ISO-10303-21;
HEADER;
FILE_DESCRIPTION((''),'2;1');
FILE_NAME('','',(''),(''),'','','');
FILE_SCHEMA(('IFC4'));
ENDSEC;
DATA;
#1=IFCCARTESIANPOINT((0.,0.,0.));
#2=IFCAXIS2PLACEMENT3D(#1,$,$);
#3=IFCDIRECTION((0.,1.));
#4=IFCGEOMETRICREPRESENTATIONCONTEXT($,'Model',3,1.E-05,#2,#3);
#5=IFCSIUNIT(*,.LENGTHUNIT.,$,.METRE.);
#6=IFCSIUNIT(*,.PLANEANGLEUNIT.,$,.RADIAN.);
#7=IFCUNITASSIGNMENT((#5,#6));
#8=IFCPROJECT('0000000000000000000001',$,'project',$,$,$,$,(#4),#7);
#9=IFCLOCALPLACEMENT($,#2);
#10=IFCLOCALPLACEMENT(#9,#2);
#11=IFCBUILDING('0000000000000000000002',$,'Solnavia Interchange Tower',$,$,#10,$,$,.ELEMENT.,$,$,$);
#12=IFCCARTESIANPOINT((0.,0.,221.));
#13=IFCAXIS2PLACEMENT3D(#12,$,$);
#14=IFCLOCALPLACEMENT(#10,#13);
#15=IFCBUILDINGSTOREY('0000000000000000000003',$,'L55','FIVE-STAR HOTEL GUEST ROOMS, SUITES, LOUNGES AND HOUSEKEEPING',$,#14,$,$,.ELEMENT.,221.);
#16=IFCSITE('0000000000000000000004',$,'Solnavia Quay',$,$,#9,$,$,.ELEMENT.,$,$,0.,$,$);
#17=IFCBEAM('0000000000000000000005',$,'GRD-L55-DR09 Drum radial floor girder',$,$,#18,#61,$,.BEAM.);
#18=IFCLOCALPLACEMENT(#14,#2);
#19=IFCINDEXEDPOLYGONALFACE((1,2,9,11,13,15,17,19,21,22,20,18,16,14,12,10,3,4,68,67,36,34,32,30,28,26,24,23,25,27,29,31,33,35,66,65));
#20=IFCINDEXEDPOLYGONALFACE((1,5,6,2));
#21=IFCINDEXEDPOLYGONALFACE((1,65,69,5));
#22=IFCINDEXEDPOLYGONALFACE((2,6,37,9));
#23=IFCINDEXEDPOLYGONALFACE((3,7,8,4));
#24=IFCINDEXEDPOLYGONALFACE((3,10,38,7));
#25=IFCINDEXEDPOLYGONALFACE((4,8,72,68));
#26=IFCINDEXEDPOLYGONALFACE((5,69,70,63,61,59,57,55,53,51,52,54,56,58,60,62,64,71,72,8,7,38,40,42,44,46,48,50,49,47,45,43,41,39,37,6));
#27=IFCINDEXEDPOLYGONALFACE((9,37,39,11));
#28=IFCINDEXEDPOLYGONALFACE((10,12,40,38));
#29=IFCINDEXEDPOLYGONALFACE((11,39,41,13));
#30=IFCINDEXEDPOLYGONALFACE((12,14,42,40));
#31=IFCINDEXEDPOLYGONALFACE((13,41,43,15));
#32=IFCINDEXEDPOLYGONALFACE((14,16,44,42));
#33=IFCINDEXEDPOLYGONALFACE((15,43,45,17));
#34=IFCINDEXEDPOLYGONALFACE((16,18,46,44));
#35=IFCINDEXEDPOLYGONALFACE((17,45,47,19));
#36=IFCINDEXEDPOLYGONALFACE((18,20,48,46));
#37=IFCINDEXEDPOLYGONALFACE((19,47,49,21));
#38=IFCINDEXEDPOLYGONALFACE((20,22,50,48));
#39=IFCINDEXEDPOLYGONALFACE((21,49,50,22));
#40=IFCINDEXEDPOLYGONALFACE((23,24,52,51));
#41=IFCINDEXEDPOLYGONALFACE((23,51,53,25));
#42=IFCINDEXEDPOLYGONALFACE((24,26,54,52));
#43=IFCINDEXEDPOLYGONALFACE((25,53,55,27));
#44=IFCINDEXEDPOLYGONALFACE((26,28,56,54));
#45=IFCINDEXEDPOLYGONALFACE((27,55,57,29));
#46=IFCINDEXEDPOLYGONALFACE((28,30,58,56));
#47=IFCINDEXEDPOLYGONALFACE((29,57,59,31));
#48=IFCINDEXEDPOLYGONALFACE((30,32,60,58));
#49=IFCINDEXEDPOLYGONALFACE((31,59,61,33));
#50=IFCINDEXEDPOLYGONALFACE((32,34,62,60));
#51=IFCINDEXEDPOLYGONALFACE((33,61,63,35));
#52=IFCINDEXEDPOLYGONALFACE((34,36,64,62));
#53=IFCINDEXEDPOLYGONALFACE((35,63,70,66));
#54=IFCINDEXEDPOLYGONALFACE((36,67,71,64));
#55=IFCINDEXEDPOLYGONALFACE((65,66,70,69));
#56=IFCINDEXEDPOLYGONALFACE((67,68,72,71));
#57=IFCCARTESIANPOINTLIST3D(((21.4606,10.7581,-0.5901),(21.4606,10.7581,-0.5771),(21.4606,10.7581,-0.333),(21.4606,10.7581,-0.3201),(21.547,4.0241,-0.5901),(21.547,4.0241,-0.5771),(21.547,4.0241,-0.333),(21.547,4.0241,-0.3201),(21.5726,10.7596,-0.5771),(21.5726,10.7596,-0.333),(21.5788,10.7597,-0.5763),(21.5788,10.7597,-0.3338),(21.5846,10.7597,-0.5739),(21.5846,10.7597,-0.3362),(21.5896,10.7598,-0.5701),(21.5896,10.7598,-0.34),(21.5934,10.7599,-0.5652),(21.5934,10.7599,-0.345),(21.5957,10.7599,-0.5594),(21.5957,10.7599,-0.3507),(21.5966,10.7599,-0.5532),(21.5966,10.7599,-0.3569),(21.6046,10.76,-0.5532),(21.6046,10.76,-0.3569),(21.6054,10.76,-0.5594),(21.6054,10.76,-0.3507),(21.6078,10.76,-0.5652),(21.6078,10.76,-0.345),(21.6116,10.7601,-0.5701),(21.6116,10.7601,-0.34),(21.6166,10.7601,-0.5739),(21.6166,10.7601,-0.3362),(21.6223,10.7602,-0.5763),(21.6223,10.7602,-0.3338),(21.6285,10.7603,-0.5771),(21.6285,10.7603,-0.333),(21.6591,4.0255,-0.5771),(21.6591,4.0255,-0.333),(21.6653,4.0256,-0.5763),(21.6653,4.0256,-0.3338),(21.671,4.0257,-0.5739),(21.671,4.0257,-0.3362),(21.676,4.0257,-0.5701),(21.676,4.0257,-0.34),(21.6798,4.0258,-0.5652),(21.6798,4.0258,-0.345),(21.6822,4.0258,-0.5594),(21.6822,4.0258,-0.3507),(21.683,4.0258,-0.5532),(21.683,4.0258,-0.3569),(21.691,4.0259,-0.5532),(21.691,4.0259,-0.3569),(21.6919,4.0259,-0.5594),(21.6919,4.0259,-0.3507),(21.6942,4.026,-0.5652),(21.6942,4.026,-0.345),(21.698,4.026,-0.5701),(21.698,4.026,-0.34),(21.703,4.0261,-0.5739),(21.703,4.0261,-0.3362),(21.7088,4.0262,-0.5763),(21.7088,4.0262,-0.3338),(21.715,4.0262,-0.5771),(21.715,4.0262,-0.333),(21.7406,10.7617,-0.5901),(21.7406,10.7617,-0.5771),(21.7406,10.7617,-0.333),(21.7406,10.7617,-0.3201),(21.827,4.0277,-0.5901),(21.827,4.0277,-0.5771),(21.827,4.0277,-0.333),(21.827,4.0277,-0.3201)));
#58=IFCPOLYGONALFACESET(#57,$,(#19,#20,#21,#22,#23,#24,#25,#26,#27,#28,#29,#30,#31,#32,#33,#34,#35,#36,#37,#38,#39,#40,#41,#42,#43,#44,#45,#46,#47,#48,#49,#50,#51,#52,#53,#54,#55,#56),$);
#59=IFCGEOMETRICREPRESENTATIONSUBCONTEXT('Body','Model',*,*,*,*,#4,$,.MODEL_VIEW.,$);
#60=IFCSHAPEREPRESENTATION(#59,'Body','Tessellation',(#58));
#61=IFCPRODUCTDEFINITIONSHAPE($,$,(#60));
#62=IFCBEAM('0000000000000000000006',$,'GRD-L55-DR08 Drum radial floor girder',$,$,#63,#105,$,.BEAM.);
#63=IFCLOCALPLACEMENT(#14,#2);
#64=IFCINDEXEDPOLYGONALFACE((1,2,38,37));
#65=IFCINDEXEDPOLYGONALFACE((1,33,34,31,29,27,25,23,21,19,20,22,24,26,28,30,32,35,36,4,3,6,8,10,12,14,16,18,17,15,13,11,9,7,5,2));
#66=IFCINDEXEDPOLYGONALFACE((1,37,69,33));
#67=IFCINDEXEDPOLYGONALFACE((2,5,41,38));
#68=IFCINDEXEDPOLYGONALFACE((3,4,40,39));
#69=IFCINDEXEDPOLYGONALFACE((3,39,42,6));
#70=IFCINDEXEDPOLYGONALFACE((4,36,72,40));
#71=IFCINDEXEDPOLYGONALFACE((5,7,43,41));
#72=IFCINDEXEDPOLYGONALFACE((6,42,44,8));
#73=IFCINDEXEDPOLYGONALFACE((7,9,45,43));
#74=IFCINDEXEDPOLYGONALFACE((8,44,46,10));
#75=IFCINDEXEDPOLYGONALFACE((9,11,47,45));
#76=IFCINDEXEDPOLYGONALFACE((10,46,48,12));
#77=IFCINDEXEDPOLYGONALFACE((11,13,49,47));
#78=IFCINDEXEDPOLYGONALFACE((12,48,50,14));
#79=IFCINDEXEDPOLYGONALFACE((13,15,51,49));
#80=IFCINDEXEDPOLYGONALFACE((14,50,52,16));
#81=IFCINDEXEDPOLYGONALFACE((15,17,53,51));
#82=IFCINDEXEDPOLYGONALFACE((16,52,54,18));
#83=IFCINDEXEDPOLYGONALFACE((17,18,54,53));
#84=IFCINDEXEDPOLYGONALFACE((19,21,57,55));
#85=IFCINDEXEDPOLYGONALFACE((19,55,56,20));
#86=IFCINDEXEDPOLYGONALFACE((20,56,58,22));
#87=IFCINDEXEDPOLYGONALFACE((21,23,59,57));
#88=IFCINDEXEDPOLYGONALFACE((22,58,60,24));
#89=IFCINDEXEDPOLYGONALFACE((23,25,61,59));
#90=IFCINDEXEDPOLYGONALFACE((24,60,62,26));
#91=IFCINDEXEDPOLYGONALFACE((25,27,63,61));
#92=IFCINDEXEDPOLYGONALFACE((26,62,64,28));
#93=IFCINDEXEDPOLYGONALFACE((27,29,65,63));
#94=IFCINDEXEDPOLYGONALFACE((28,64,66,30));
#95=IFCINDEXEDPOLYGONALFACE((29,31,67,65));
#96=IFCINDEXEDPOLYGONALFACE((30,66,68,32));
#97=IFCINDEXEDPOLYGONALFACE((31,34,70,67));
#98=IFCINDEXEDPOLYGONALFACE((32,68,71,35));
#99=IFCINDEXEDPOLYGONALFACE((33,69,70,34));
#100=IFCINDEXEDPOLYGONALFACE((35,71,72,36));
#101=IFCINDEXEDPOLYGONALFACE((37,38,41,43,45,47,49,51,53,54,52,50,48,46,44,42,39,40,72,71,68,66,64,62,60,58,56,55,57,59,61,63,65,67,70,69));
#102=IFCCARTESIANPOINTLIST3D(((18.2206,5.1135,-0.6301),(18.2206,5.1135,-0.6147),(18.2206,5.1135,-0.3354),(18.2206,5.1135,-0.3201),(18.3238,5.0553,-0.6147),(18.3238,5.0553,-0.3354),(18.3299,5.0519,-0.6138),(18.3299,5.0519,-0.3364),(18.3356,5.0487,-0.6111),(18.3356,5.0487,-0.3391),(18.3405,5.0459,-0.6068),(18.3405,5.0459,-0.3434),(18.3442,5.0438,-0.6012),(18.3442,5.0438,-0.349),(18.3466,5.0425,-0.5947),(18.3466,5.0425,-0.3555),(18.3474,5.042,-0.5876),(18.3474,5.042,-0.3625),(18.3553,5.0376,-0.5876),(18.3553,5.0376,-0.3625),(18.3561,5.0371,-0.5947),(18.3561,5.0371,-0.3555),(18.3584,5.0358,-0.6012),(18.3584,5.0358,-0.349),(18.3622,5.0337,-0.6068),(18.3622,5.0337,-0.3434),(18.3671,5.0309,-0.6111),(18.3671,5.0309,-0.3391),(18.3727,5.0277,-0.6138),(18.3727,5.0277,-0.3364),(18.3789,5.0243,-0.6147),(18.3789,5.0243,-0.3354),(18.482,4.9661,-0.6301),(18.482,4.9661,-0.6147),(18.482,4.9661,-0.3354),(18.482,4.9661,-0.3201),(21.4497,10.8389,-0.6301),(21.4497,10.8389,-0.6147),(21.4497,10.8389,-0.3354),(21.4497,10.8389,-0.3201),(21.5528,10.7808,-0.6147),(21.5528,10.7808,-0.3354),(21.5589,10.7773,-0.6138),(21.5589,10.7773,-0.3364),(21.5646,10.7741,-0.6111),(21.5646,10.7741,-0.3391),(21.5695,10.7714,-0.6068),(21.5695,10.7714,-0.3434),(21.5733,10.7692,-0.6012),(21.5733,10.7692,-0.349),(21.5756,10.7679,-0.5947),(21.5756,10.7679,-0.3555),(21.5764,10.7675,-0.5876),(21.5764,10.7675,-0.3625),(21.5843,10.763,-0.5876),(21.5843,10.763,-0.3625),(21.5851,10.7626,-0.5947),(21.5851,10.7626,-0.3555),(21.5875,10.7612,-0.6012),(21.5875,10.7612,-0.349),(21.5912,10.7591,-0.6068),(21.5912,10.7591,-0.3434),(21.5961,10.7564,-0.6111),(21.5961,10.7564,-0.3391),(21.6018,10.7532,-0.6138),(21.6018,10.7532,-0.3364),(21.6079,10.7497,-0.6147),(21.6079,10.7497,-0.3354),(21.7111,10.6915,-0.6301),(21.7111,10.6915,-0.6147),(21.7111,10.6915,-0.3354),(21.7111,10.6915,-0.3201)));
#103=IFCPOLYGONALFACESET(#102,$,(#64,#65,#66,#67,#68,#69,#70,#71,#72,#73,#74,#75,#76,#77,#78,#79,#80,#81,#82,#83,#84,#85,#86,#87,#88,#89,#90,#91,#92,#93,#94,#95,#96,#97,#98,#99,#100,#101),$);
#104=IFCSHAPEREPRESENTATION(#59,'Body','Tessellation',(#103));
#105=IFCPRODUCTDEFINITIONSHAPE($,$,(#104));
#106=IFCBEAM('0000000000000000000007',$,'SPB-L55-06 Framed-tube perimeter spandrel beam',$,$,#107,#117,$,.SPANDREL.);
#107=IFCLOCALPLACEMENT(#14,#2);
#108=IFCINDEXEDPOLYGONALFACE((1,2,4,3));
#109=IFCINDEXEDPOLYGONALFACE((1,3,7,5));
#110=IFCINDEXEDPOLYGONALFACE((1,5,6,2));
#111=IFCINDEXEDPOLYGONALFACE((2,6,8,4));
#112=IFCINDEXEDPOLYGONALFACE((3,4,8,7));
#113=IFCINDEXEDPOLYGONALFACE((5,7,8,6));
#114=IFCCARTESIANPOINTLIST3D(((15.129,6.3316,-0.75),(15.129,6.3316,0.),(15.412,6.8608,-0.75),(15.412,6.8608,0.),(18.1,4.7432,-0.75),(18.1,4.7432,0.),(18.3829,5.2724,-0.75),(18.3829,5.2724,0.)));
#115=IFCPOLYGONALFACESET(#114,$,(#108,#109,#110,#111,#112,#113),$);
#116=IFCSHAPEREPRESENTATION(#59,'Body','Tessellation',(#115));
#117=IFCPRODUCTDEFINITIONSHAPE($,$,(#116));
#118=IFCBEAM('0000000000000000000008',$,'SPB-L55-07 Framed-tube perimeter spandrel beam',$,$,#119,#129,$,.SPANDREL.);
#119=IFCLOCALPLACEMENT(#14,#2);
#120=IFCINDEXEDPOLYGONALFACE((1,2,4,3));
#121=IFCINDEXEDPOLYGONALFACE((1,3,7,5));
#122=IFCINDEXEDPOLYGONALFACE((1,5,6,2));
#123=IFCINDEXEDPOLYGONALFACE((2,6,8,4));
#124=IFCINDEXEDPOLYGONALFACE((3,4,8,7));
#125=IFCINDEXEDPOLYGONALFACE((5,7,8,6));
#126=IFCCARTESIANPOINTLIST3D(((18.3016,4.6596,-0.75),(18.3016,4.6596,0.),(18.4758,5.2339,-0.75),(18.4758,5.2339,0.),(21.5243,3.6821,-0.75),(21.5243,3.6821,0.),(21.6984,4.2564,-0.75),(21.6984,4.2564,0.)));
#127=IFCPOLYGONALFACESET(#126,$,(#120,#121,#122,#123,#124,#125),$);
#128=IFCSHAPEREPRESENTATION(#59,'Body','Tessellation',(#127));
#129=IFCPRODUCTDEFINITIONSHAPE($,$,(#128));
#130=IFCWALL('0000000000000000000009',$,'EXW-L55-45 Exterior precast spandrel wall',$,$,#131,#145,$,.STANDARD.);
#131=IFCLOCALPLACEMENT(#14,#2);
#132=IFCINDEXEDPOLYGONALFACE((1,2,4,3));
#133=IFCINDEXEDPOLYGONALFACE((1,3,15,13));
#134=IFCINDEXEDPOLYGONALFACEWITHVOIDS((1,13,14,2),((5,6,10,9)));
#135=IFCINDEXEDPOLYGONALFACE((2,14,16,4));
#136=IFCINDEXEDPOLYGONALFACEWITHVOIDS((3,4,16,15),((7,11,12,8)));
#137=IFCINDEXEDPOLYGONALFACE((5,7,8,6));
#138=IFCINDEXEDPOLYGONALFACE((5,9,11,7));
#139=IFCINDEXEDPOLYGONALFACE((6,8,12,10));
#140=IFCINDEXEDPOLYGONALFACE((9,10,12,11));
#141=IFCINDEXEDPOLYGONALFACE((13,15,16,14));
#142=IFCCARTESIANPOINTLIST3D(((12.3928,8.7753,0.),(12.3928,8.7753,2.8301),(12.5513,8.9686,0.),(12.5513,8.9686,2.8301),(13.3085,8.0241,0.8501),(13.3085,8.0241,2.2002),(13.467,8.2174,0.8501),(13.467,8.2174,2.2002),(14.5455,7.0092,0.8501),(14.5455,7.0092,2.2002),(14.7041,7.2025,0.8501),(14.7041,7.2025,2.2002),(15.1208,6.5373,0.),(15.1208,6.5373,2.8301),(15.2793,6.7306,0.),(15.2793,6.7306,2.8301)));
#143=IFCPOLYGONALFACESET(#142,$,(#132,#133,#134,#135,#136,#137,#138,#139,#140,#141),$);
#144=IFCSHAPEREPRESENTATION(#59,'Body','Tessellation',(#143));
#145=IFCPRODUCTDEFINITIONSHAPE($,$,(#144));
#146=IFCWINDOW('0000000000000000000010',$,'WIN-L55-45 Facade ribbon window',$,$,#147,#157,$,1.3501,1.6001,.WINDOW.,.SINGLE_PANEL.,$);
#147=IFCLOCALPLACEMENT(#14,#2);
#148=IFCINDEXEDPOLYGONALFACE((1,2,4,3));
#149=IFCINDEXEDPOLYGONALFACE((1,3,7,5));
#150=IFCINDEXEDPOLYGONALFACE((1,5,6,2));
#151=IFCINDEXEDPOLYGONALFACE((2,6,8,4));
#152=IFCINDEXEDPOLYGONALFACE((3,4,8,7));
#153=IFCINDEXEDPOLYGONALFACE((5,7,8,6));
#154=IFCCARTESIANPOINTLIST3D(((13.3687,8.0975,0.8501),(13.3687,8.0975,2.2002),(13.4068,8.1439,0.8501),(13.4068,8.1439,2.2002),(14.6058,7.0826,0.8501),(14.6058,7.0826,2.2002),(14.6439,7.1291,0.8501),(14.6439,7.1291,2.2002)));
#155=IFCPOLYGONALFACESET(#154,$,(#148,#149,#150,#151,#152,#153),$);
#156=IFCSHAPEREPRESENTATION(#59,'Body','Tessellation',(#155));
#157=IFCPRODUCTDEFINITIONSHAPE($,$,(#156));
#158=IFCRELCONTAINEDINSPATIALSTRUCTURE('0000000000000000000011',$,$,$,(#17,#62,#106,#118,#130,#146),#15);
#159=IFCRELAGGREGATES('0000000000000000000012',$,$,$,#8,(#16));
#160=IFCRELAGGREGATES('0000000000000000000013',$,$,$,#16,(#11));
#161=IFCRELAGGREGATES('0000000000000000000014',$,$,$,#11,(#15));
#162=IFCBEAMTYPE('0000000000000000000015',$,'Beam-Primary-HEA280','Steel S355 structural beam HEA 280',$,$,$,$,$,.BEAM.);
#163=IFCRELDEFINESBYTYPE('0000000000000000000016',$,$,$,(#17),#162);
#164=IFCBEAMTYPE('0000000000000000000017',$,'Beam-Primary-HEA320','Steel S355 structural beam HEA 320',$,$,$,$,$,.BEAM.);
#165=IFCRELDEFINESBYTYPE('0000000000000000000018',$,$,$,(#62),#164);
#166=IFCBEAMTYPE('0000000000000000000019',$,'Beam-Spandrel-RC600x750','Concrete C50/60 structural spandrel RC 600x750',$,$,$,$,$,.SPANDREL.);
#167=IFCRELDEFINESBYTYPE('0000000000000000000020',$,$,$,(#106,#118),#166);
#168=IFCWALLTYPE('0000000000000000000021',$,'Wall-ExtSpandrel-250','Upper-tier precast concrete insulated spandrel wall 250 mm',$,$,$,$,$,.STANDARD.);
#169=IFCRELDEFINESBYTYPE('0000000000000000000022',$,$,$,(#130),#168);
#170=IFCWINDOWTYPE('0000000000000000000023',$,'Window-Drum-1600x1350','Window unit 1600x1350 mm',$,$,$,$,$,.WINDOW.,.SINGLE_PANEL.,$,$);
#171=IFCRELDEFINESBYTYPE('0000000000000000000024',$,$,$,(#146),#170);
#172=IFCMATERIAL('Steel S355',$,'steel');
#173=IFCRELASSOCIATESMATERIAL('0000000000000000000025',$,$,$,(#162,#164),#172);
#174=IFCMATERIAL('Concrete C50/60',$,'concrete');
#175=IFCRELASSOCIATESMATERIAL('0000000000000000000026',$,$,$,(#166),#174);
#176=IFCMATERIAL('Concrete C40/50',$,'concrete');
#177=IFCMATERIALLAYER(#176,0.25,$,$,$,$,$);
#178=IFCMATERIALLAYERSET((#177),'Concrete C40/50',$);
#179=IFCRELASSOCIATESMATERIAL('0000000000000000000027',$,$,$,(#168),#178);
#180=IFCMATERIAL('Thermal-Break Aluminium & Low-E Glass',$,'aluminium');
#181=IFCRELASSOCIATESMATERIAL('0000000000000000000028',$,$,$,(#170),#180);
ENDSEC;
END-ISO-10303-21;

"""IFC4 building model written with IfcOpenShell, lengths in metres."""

from ifc_helpers import new_model, si_unit, direction, frame, frame_2d, origin, origin_2d, place, context, subcontext, project, spatial, rectangle, i_section, extrude, material, layer, layer_set, material_profile, profile_set, type_object, element, fill, save


model = new_model("IFC4")

# Units and contexts
model_context = context("Model", 3, precision=1e-05, world=origin(), true_north=direction((0.0, 1.0)))
body_context = subcontext(model_context, "Body", "Model", "MODEL_VIEW")
ifc_project = project(units=[si_unit("LENGTHUNIT", "METRE"), si_unit("PLANEANGLEUNIT", "RADIAN")], contexts=[model_context])

# Site, building, storey
site_placement = place(None, origin())
site = spatial("IfcSite", under=ifc_project, at=site_placement, Name="Solnavia Quay", CompositionType="ELEMENT", RefElevation=0.0)
building_placement = place(site_placement, origin())
building = spatial("IfcBuilding", under=site, at=building_placement, Name="Solnavia Interchange Tower", CompositionType="ELEMENT")
storey_placement = place(building_placement, frame((0.0, 0.0, 221.0)))
storey = spatial("IfcBuildingStorey", under=building, at=storey_placement, Name="L55", Description="FIVE-STAR HOTEL GUEST ROOMS, SUITES, LOUNGES AND HOUSEKEEPING", CompositionType="ELEMENT", Elevation=221.0)

# Shared definitions
ifc_material_1 = material(Name="Concrete C50/60", Category="concrete")

# Beams
ifc_material_2 = material(Name="Steel S355", Category="steel")
ifc_material_profile_1 = material_profile(ifc_material_2, i_section(OverallWidth=0.28, OverallDepth=0.27, WebThickness=0.0081, FlangeThickness=0.0129, FilletRadius=0.0239, at=origin_2d()), Name="HEA 280")
ifc_profile_set_1 = profile_set([ifc_material_profile_1], Name="Steel S355")
beam_type_1 = type_object("IfcBeamType", Name="Beam-Primary-HEA280", Description="Steel S355 structural beam HEA 280", PredefinedType="BEAM", material=ifc_profile_set_1)
beam_1_placement = place(storey_placement, frame((21.687, 4.0259, -0.4551), z_axis=(-0.012833, 0.999918, 0.0), x_axis=(-0.999918, -0.012833, 0.0)))
element("IfcBeam", 1, at=beam_1_placement, inside=storey, type_object=beam_type_1, Name="GRD-L55-DR09 Drum radial floor girder", PredefinedType="BEAM", context=body_context, shape_type="SweptSolid", body=[
    extrude(i_section(OverallWidth=0.28, OverallDepth=0.27, WebThickness=0.0081, FlangeThickness=0.0129, FilletRadius=0.0239, at=origin_2d()), origin(), (0.0, 0.0, 1.0), 6.7346),
])
ifc_material_profile_2 = material_profile(ifc_material_2, i_section(OverallWidth=0.3, OverallDepth=0.3101, WebThickness=0.009, FlangeThickness=0.0154, FilletRadius=0.0271, at=origin_2d()), Name="HEA 320")
ifc_profile_set_2 = profile_set([ifc_material_profile_2], Name="Steel S355")
beam_type_2 = type_object("IfcBeamType", Name="Beam-Primary-HEA320", Description="Steel S355 structural beam HEA 320", PredefinedType="BEAM", material=ifc_profile_set_2)
beam_2_placement = place(storey_placement, frame((18.3513, 5.0398, -0.4751), z_axis=(0.491243, 0.871022, 0.0), x_axis=(-0.871022, 0.491243, 0.0)))
element("IfcBeam", 2, at=beam_2_placement, inside=storey, type_object=beam_type_2, Name="GRD-L55-DR08 Drum radial floor girder", PredefinedType="BEAM", context=body_context, shape_type="SweptSolid", body=[
    extrude(i_section(OverallWidth=0.3, OverallDepth=0.3101, WebThickness=0.009, FlangeThickness=0.0154, FilletRadius=0.0271, at=origin_2d()), origin(), (0.0, 0.0, 1.0), 6.5732),
])
ifc_material_profile_3 = material_profile(ifc_material_1, rectangle(XDim=0.6001, YDim=0.75, at=origin_2d()), Name="RC 600x750")
ifc_profile_set_3 = profile_set([ifc_material_profile_3], Name="Concrete C50/60")
beam_type_3 = type_object("IfcBeamType", Name="Beam-Spandrel-RC600x750", Description="Concrete C50/60 structural spandrel RC 600x750", PredefinedType="SPANDREL", material=ifc_profile_set_3)
beam_3_placement = place(storey_placement, frame((15.2705, 6.5962, -0.375), z_axis=(0.881875, -0.471483, 0.0), x_axis=(0.471483, 0.881875, 0.0)))
element("IfcBeam", 3, at=beam_3_placement, inside=storey, type_object=beam_type_3, Name="SPB-L55-06 Framed-tube perimeter spandrel beam", PredefinedType="SPANDREL", context=body_context, shape_type="SweptSolid", body=[
    extrude(rectangle(XDim=0.6001, YDim=0.75, at=origin_2d()), origin(), (0.0, 0.0, 1.0), 3.3689),
])
beam_4_placement = place(storey_placement, frame((18.3887, 4.9468, -0.375), z_axis=(0.956944, -0.290273, 0.0), x_axis=(0.290273, 0.956944, 0.0)))
element("IfcBeam", 4, at=beam_4_placement, inside=storey, type_object=beam_type_3, Name="SPB-L55-07 Framed-tube perimeter spandrel beam", PredefinedType="SPANDREL", context=body_context, shape_type="SweptSolid", body=[
    extrude(rectangle(XDim=0.6001, YDim=0.75, at=origin_2d()), origin(), (0.0, 0.0, 1.0), 3.3677),
])

# Wall, opening, window
ifc_material_3 = material(Name="Concrete C40/50", Category="concrete")
ifc_layer_1 = layer(ifc_material_3, 0.25)
ifc_layer_set_1 = layer_set([ifc_layer_1], Name="Concrete C40/50")
wall_type_1 = type_object("IfcWallType", Name="Wall-ExtSpandrel-250", Description="Upper-tier precast concrete insulated spandrel wall 250 mm", PredefinedType="STANDARD", material=ifc_layer_set_1)
wall_1_placement = place(storey_placement, frame((15.2, 6.634, 0.0), z_axis=(0.0, 0.0, 1.0), x_axis=(-0.773121, 0.634258, 0.0)))
wall_1 = element("IfcWall", 5, at=wall_1_placement, inside=storey, type_object=wall_type_1, Name="EXW-L55-45 Exterior precast spandrel wall", PredefinedType="STANDARD", context=body_context, shape_type="SweptSolid", body=[
    extrude(rectangle(XDim=3.5286, YDim=0.25, at=frame_2d((1.7642, 0.0))), origin(), (0.0, 0.0, 1.0), 2.8301),
])
opening_1_placement = place(wall_1_placement, frame((0.7439, 0.0, 0.8501)))
opening_1 = element("IfcOpeningElement", 6, at=opening_1_placement, cuts=wall_1, PredefinedType="OPENING", context=body_context, shape_type="SweptSolid", body=[
    extrude(rectangle(XDim=1.6001, YDim=1.3501, at=frame_2d((0.8, 0.675))), frame((0.0, 0.135, 0.0), z_axis=(0.0, -1.0, 0.0), x_axis=(1.0, 0.0, 0.0)), (0.0, 0.0, 1.0), 0.27),
])
ifc_material_4 = material(Name="Thermal-Break Aluminium & Low-E Glass", Category="aluminium")
window_type = type_object("IfcWindowType", Name="Window-Drum-1600x1350", Description="Window unit 1600x1350 mm", PartitioningType="SINGLE_PANEL", PredefinedType="WINDOW", material=ifc_material_4)
window_1_placement = place(opening_1_placement, origin())
window_1 = element("IfcWindow", 7, at=window_1_placement, inside=storey, type_object=window_type, Name="WIN-L55-45 Facade ribbon window", OverallHeight=1.3501, OverallWidth=1.6001, PartitioningType="SINGLE_PANEL", PredefinedType="WINDOW", context=body_context, shape_type="SweptSolid", body=[
    extrude(rectangle(XDim=1.6001, YDim=1.3501, at=frame_2d((0.8, 0.675))), frame((0.0, 0.03, 0.0), z_axis=(0.0, -1.0, 0.0), x_axis=(1.0, 0.0, 0.0)), (0.0, 0.0, 1.0), 0.0601),
])
fill(opening_1, window_1)

save(model, "model.ifc")
